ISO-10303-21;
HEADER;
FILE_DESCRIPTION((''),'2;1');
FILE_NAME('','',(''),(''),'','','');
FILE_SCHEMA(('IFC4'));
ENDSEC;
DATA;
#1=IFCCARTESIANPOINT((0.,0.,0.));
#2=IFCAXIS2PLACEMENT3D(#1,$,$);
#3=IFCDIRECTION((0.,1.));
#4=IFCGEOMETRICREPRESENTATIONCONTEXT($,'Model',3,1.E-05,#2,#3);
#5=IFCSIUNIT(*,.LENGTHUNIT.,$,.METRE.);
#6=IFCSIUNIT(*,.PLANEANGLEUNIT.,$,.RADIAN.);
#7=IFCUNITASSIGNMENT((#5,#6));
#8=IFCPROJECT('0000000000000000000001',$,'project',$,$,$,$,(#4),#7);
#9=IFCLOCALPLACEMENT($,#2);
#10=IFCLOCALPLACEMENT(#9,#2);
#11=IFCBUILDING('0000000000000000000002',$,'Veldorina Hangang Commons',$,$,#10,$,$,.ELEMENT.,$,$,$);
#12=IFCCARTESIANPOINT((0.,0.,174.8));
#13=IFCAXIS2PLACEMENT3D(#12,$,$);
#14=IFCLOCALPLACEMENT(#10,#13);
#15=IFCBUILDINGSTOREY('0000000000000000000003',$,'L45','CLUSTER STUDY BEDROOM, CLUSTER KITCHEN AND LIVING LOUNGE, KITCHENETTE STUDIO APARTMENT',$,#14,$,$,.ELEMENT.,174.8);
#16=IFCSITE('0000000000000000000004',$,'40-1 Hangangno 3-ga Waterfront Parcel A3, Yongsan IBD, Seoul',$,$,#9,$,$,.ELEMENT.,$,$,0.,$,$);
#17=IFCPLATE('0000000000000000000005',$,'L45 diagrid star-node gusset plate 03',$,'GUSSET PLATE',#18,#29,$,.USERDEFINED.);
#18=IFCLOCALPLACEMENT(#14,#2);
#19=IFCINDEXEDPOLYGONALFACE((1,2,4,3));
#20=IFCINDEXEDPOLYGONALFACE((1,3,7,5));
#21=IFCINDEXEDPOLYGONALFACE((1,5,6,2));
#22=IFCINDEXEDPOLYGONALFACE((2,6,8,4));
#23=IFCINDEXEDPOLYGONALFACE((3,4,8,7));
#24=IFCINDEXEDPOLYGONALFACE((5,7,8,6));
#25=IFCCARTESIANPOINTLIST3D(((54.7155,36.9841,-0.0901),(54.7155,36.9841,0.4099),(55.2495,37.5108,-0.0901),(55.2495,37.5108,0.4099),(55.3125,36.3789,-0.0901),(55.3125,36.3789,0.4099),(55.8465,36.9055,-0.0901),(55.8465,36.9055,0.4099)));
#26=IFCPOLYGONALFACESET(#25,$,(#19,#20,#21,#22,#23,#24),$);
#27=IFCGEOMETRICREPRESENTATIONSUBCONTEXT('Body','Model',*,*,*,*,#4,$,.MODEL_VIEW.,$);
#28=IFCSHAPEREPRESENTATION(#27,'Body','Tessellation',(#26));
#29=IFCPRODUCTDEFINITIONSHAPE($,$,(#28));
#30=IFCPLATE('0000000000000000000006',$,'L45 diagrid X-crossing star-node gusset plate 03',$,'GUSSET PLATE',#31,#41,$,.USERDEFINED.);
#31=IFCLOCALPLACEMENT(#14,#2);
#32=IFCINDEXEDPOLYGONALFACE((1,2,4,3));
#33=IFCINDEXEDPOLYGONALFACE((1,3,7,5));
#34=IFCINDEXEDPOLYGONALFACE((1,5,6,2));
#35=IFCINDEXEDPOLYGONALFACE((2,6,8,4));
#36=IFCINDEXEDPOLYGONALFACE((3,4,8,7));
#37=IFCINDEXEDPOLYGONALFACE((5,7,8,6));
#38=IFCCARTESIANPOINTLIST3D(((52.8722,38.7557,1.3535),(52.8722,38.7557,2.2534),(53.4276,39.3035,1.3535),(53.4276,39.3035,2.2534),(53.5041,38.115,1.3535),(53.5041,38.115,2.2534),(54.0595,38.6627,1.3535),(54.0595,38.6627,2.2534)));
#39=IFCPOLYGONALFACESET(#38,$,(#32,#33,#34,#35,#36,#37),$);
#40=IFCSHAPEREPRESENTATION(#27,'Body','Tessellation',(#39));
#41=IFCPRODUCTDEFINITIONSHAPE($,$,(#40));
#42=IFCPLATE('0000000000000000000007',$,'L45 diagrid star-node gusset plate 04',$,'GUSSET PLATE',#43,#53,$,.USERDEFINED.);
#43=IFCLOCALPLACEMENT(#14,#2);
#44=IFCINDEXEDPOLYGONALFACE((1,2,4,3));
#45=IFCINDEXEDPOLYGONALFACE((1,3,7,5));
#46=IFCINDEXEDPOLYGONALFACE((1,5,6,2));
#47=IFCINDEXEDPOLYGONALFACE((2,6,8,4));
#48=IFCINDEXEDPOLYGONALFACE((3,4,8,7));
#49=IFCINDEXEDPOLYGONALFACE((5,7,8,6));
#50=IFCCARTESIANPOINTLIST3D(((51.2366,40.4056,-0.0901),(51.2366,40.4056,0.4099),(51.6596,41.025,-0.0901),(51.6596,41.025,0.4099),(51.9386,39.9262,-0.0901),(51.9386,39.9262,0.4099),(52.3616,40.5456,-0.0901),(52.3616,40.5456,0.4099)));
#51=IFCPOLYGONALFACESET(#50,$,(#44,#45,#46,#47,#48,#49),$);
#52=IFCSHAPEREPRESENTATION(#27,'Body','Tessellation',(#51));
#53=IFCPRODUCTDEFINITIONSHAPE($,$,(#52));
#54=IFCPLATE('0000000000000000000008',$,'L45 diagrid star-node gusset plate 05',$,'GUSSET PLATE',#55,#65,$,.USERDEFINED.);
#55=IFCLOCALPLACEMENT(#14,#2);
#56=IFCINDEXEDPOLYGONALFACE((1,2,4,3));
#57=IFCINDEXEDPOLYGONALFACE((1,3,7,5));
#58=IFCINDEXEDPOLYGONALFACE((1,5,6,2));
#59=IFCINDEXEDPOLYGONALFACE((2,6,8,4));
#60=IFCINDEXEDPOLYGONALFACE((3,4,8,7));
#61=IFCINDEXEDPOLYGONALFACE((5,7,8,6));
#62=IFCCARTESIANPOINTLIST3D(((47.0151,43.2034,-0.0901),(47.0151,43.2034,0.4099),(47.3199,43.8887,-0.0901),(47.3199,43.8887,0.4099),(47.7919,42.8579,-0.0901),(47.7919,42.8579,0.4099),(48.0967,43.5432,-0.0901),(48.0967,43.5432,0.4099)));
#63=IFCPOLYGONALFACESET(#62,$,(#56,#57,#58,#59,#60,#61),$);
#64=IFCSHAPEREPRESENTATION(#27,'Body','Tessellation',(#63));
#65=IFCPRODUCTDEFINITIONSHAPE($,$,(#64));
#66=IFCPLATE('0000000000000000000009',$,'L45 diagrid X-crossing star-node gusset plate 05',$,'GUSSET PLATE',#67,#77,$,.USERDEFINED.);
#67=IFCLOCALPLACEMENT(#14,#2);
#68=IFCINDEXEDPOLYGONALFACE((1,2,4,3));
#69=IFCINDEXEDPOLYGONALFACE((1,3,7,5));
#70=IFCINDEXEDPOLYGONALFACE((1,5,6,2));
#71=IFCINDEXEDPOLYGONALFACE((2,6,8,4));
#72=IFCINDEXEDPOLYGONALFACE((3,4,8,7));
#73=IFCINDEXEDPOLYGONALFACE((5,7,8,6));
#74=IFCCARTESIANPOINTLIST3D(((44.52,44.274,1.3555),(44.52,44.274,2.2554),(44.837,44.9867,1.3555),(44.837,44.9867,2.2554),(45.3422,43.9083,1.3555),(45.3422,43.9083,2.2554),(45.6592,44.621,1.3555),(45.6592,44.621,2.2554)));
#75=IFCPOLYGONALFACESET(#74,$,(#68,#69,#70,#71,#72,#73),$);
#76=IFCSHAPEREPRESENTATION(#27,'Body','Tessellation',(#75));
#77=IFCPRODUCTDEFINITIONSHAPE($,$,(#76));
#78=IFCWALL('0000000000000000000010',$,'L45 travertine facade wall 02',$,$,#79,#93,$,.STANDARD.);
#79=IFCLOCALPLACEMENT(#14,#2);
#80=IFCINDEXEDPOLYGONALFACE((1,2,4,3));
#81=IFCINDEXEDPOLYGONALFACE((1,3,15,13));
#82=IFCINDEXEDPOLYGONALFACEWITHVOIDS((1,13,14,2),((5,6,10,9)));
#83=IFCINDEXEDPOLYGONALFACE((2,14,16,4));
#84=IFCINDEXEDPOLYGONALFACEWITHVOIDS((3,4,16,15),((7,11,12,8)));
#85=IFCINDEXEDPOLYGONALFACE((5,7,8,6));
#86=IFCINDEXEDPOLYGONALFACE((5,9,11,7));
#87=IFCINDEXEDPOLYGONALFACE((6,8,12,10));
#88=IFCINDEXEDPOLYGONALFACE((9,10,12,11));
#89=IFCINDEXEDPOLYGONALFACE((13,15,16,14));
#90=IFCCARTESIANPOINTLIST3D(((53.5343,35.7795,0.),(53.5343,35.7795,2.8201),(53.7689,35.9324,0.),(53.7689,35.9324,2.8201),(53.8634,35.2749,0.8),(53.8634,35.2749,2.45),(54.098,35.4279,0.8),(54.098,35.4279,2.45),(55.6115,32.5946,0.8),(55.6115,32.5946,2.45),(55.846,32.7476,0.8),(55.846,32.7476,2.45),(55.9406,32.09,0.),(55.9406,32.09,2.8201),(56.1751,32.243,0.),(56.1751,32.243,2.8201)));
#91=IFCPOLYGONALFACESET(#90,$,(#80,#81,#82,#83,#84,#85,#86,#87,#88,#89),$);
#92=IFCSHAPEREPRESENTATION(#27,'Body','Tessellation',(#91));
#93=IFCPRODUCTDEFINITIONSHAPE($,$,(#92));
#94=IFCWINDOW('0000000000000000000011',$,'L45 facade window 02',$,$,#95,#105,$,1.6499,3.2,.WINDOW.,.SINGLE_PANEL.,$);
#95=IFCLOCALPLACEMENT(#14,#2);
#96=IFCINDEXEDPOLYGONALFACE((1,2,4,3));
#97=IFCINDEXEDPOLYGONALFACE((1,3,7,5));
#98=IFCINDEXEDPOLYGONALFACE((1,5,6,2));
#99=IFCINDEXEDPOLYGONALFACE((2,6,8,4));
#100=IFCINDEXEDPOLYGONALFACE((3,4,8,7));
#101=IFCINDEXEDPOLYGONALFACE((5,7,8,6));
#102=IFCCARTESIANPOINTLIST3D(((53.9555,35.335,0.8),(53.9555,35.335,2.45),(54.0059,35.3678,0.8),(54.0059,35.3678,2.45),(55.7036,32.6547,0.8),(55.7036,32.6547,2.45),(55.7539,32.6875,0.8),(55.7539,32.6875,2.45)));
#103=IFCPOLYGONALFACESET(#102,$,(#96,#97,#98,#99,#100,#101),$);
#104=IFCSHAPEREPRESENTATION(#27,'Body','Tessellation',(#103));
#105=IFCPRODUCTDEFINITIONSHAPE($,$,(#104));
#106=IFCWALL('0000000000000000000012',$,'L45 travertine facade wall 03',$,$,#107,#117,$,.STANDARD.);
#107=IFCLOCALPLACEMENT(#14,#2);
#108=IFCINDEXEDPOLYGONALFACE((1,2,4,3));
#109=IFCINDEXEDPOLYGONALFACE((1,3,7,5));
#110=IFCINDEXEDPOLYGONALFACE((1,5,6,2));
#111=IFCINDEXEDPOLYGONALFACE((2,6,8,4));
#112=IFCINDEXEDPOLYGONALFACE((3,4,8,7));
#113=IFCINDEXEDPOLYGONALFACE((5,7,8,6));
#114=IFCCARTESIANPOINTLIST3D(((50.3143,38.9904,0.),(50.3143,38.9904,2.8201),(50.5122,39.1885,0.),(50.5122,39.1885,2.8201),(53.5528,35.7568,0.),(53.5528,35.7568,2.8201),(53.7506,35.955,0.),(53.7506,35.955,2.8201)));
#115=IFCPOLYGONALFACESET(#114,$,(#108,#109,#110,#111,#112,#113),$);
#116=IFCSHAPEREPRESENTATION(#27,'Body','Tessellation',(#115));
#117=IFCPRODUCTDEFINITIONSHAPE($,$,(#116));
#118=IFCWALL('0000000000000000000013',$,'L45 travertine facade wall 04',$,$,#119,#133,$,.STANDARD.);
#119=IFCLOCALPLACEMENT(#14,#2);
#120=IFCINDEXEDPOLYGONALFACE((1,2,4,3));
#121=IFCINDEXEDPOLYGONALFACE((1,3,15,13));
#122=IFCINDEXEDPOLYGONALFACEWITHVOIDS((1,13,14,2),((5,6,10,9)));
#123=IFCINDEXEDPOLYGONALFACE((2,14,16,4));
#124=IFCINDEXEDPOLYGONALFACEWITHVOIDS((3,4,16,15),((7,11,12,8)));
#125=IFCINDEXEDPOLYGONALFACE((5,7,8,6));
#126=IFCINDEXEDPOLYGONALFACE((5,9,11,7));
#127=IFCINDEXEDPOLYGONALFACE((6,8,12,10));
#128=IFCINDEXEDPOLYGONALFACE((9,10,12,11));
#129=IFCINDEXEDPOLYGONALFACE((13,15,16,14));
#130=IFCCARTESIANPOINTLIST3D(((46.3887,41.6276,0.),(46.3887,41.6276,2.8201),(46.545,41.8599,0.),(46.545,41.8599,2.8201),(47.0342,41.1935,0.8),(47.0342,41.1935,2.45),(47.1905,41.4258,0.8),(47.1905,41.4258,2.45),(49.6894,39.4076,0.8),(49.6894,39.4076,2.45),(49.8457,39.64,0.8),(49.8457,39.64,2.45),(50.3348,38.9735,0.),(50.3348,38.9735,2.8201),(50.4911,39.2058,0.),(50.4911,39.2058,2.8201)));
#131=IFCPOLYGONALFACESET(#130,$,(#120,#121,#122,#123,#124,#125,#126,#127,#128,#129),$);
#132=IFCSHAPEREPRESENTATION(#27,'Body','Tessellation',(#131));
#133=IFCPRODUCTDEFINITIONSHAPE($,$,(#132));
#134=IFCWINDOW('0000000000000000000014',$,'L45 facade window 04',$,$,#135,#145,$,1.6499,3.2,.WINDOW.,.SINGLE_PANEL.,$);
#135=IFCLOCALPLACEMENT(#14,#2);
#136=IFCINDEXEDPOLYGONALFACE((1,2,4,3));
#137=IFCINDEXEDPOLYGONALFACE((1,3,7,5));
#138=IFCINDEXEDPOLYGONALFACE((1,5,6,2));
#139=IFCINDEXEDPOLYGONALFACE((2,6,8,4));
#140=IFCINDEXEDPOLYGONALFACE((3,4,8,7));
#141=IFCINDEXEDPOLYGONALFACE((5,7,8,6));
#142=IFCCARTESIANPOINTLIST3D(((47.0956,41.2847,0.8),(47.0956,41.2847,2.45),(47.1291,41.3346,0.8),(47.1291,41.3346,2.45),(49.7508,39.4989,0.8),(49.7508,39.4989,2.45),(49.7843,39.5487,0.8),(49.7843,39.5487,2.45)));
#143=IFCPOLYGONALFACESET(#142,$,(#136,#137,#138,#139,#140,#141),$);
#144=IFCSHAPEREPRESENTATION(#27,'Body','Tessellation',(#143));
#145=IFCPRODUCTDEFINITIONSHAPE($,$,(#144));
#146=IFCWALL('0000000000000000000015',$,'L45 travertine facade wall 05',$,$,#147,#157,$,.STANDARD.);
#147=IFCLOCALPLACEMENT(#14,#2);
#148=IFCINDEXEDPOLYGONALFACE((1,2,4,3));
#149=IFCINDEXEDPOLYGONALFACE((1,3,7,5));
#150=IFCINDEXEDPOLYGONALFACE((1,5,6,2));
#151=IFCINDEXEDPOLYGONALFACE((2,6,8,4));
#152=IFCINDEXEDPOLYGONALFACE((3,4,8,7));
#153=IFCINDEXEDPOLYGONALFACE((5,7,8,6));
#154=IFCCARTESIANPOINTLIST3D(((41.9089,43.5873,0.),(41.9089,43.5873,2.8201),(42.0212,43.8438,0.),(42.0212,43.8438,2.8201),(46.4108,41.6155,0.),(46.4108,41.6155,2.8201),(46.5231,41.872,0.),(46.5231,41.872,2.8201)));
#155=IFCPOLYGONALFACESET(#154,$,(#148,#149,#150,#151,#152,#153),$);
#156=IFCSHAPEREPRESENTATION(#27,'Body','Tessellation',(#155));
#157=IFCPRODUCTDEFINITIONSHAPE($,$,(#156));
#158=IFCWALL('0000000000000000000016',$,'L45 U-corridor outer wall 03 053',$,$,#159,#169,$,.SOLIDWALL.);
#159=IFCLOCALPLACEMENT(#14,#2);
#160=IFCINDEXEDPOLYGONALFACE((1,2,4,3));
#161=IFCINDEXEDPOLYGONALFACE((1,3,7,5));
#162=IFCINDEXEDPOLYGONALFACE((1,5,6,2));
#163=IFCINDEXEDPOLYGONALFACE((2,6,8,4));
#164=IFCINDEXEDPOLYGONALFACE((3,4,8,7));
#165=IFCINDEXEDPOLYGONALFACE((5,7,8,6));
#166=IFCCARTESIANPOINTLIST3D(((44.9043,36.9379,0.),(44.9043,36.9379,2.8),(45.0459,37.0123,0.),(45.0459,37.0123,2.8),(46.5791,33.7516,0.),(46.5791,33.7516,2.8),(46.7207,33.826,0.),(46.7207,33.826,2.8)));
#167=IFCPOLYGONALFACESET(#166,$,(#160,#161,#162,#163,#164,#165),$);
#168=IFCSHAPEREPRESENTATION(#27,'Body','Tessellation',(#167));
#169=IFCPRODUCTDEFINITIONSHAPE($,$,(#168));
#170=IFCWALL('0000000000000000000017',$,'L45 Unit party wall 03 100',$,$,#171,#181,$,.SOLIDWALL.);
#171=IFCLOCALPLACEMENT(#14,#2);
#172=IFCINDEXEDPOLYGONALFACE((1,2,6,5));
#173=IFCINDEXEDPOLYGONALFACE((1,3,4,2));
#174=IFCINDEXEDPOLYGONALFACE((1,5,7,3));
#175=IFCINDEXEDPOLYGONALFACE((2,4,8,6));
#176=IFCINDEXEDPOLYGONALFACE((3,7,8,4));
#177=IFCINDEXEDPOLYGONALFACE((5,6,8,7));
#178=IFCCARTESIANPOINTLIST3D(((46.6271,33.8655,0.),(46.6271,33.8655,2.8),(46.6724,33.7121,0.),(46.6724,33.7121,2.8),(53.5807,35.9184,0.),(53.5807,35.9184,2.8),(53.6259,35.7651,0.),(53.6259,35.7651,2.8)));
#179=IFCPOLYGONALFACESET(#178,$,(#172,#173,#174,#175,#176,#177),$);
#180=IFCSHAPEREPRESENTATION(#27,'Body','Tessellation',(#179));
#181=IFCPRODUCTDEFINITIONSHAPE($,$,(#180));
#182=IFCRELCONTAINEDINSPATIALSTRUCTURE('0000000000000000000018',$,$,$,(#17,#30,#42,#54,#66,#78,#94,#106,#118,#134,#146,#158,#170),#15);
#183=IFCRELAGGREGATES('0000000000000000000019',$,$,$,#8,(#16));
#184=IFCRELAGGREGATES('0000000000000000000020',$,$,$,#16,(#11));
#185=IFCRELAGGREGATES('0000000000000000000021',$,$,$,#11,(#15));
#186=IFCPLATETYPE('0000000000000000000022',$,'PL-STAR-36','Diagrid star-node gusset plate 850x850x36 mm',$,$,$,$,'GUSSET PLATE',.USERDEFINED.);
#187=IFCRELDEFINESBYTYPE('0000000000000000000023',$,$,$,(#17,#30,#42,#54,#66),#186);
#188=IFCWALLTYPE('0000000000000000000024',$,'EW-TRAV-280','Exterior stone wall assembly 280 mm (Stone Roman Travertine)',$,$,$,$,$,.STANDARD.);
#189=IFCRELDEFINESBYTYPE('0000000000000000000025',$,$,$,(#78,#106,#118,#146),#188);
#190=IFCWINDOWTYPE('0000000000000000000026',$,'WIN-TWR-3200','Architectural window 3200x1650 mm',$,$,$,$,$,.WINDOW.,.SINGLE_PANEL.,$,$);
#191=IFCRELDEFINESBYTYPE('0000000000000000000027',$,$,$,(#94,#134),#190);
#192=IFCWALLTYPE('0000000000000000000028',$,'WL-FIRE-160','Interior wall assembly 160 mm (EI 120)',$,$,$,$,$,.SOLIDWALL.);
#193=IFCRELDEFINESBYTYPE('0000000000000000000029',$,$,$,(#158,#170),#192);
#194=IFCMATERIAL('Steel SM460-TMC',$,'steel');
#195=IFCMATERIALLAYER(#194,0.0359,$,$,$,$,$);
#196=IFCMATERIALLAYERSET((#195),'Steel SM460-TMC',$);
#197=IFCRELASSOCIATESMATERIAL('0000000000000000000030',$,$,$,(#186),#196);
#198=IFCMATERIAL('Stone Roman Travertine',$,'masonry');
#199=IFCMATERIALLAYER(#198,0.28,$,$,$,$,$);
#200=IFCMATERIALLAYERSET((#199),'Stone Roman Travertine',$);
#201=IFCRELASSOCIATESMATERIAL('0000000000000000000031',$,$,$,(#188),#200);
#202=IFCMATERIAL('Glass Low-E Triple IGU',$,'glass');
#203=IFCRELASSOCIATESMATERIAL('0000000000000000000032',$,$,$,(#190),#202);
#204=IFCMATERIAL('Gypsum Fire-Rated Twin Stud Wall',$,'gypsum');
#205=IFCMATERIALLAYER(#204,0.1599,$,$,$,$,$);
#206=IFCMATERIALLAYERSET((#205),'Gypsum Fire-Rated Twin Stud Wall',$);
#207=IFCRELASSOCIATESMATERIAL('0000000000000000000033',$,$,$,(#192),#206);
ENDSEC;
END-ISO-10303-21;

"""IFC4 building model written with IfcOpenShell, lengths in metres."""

from ifc_helpers import new_model, si_unit, direction, frame, frame_2d, origin, origin_2d, place, context, subcontext, project, spatial, rectangle, extrude, material, layer, layer_set, type_object, element, fill, save


model = new_model("IFC4")

# Units and contexts
model_context = context("Model", 3, precision=1e-05, world=origin(), true_north=direction((0.0, 1.0)))
body_context = subcontext(model_context, "Body", "Model", "MODEL_VIEW")
ifc_project = project(units=[si_unit("LENGTHUNIT", "METRE"), si_unit("PLANEANGLEUNIT", "RADIAN")], contexts=[model_context])

# Site, building, storey
site_placement = place(None, origin())
site = spatial("IfcSite", under=ifc_project, at=site_placement, Name="40-1 Hangangno 3-ga Waterfront Parcel A3, Yongsan IBD, Seoul", CompositionType="ELEMENT", RefElevation=0.0)
building_placement = place(site_placement, origin())
building = spatial("IfcBuilding", under=site, at=building_placement, Name="Veldorina Hangang Commons", CompositionType="ELEMENT")
storey_placement = place(building_placement, frame((0.0, 0.0, 174.8)))
storey = spatial("IfcBuildingStorey", under=building, at=storey_placement, Name="L45", Description="CLUSTER STUDY BEDROOM, CLUSTER KITCHEN AND LIVING LOUNGE, KITCHENETTE STUDIO APARTMENT", CompositionType="ELEMENT", Elevation=174.8)

# Plates
ifc_material_1 = material(Name="Steel SM460-TMC", Category="steel")
ifc_layer_1 = layer(ifc_material_1, 0.0359)
ifc_layer_set_1 = layer_set([ifc_layer_1], Name="Steel SM460-TMC")
plate_type = type_object("IfcPlateType", Name="PL-STAR-36", Description="Diagrid star-node gusset plate 850x850x36 mm", ElementType="GUSSET PLATE", PredefinedType="USERDEFINED", material=ifc_layer_set_1)
for number, where, z_axis, x_axis, name in (
    (1, (55.281, 36.9448, -0.0901), (0.0, 0.0, 1.0), (-0.702178, 0.712002, 0.0), "L45 diagrid star-node gusset plate 03"),
):
    element("IfcPlate", number, at=place(storey_placement, frame(where, z_axis=z_axis, x_axis=x_axis)), inside=storey, type_object=plate_type, Name=name, ObjectType="GUSSET PLATE", PredefinedType="USERDEFINED", context=body_context, shape_type="SweptSolid", body=[
        extrude(rectangle(XDim=0.8501, YDim=0.75, at=origin_2d()), origin(), (0.0, 0.0, 1.0), 0.5),
    ])
plate_1_placement = place(storey_placement, frame((53.4658, 38.7092, 1.3535), z_axis=(0.0, 0.0, 1.0), x_axis=(-0.702178, 0.712002, 0.0)))
element("IfcPlate", 2, at=plate_1_placement, inside=storey, type_object=plate_type, Name="L45 diagrid X-crossing star-node gusset plate 03", ObjectType="GUSSET PLATE", PredefinedType="USERDEFINED", context=body_context, shape_type="SweptSolid", body=[
    extrude(rectangle(XDim=0.8999, YDim=0.78, at=origin_2d()), origin(), (0.0, 0.0, 1.0), 0.8999),
])
for number, where, z_axis, x_axis, name in (
    (3, (51.7991, 40.4756, -0.0901), (0.0, 0.0, 1.0), (-0.825803, 0.563959, 0.0), "L45 diagrid star-node gusset plate 04"),
    (4, (47.5559, 43.3733, -0.0901), (0.0, 0.0, 1.0), (-0.913694, 0.406402, 0.0), "L45 diagrid star-node gusset plate 05"),
):
    element("IfcPlate", number, at=place(storey_placement, frame(where, z_axis=z_axis, x_axis=x_axis)), inside=storey, type_object=plate_type, Name=name, ObjectType="GUSSET PLATE", PredefinedType="USERDEFINED", context=body_context, shape_type="SweptSolid", body=[
        extrude(rectangle(XDim=0.8501, YDim=0.75, at=origin_2d()), origin(), (0.0, 0.0, 1.0), 0.5),
    ])
plate_2_placement = place(storey_placement, frame((45.0896, 44.4475, 1.3555), z_axis=(0.0, 0.0, 1.0), x_axis=(-0.913694, 0.406402, 0.0)))
element("IfcPlate", 5, at=plate_2_placement, inside=storey, type_object=plate_type, Name="L45 diagrid X-crossing star-node gusset plate 05", ObjectType="GUSSET PLATE", PredefinedType="USERDEFINED", context=body_context, shape_type="SweptSolid", body=[
    extrude(rectangle(XDim=0.8999, YDim=0.78, at=origin_2d()), origin(), (0.0, 0.0, 1.0), 0.8999),
])

# Wall, opening, window
ifc_material_2 = material(Name="Stone Roman Travertine", Category="masonry")
ifc_layer_2 = layer(ifc_material_2, 0.28)
ifc_layer_set_2 = layer_set([ifc_layer_2], Name="Stone Roman Travertine")
wall_type_1 = type_object("IfcWallType", Name="EW-TRAV-280", Description="Exterior stone wall assembly 280 mm (Stone Roman Travertine)", PredefinedType="STANDARD", material=ifc_layer_set_2)
wall_1_placement = place(storey_placement, frame((56.0579, 32.1665, 0.0), z_axis=(0.0, 0.0, 1.0), x_axis=(-0.546281, 0.837602, 0.0)))
wall_1 = element("IfcWall", 6, at=wall_1_placement, inside=storey, type_object=wall_type_1, Name="L45 travertine facade wall 02", PredefinedType="STANDARD", context=body_context, shape_type="SweptSolid", body=[
    extrude(rectangle(XDim=4.4048, YDim=0.28, at=frame_2d((2.2024, 0.0))), origin(), (0.0, 0.0, 1.0), 2.8201),
])
opening_1_placement = place(wall_1_placement, frame((0.6023, 0.0, 0.8)))
opening_1 = element("IfcOpeningElement", 7, at=opening_1_placement, cuts=wall_1, PredefinedType="OPENING", context=body_context, shape_type="SweptSolid", body=[
    extrude(rectangle(XDim=3.2, YDim=1.6499, at=frame_2d((1.6001, 0.825))), frame((0.0, 0.1499, 0.0), z_axis=(0.0, -1.0, 0.0), x_axis=(1.0, 0.0, 0.0)), (0.0, 0.0, 1.0), 0.3),
])
ifc_material_3 = material(Name="Glass Low-E Triple IGU", Category="glass")
window_type = type_object("IfcWindowType", Name="WIN-TWR-3200", Description="Architectural window 3200x1650 mm", PartitioningType="SINGLE_PANEL", PredefinedType="WINDOW", material=ifc_material_3)
window_1_placement = place(opening_1_placement, origin())
window_1 = element("IfcWindow", 8, at=window_1_placement, inside=storey, type_object=window_type, Name="L45 facade window 02", OverallHeight=1.6499, OverallWidth=3.2, PartitioningType="SINGLE_PANEL", PredefinedType="WINDOW", context=body_context, shape_type="SweptSolid", body=[
    extrude(rectangle(XDim=3.2, YDim=1.6499, at=frame_2d((1.6001, 0.825))), frame((0.0, 0.03, 0.0), z_axis=(0.0, -1.0, 0.0), x_axis=(1.0, 0.0, 0.0)), (0.0, 0.0, 1.0), 0.0601),
])
fill(opening_1, window_1)

# Wall
wall_2_placement = place(storey_placement, frame((53.6516, 35.856, 0.0), z_axis=(0.0, 0.0, 1.0), x_axis=(-0.70764, 0.706573, 0.0)))
element("IfcWall", 9, at=wall_2_placement, inside=storey, type_object=wall_type_1, Name="L45 travertine facade wall 03", PredefinedType="STANDARD", context=body_context, shape_type="SweptSolid", body=[
    extrude(rectangle(XDim=4.5764, YDim=0.28, at=frame_2d((2.2881, 0.0))), origin(), (0.0, 0.0, 1.0), 2.8201),
])

# Wall, opening, window
wall_3_placement = place(storey_placement, frame((50.4131, 39.0896, 0.0), z_axis=(0.0, 0.0, 1.0), x_axis=(-0.829777, 0.558096, 0.0)))
wall_3 = element("IfcWall", 10, at=wall_3_placement, inside=storey, type_object=wall_type_1, Name="L45 travertine facade wall 04", PredefinedType="STANDARD", context=body_context, shape_type="SweptSolid", body=[
    extrude(rectangle(XDim=4.7556, YDim=0.28, at=frame_2d((2.3779, 0.0))), origin(), (0.0, 0.0, 1.0), 2.8201),
])
opening_2_placement = place(wall_3_placement, frame((0.7778, 0.0, 0.8)))
opening_2 = element("IfcOpeningElement", 11, at=opening_2_placement, cuts=wall_3, PredefinedType="OPENING", context=body_context, shape_type="SweptSolid", body=[
    extrude(rectangle(XDim=3.2, YDim=1.6499, at=frame_2d((1.6001, 0.825))), frame((0.0, 0.1499, 0.0), z_axis=(0.0, -1.0, 0.0), x_axis=(1.0, 0.0, 0.0)), (0.0, 0.0, 1.0), 0.3),
])
window_2_placement = place(opening_2_placement, origin())
window_2 = element("IfcWindow", 12, at=window_2_placement, inside=storey, type_object=window_type, Name="L45 facade window 04", OverallHeight=1.6499, OverallWidth=3.2, PartitioningType="SINGLE_PANEL", PredefinedType="WINDOW", context=body_context, shape_type="SweptSolid", body=[
    extrude(rectangle(XDim=3.2, YDim=1.6499, at=frame_2d((1.6001, 0.825))), frame((0.0, 0.03, 0.0), z_axis=(0.0, -1.0, 0.0), x_axis=(1.0, 0.0, 0.0)), (0.0, 0.0, 1.0), 0.0601),
])
fill(opening_2, window_2)

# Walls
wall_4_placement = place(storey_placement, frame((46.467, 41.7437, 0.0), z_axis=(0.0, 0.0, 1.0), x_axis=(-0.915984, 0.401215, 0.0)))
element("IfcWall", 13, at=wall_4_placement, inside=storey, type_object=wall_type_1, Name="L45 travertine facade wall 05", PredefinedType="STANDARD", context=body_context, shape_type="SweptSolid", body=[
    extrude(rectangle(XDim=4.9148, YDim=0.28, at=frame_2d((2.4575, 0.0))), origin(), (0.0, 0.0, 1.0), 2.8201),
])
ifc_material_4 = material(Name="Gypsum Fire-Rated Twin Stud Wall", Category="gypsum")
ifc_layer_3 = layer(ifc_material_4, 0.1599)
ifc_layer_set_3 = layer_set([ifc_layer_3], Name="Gypsum Fire-Rated Twin Stud Wall")
wall_type_2 = type_object("IfcWallType", Name="WL-FIRE-160", Description="Interior wall assembly 160 mm (EI 120)", PredefinedType="SOLIDWALL", material=ifc_layer_set_3)
wall_5_placement = place(storey_placement, frame((46.6499, 33.7888, 0.0), z_axis=(0.0, 0.0, 1.0), x_axis=(-0.465271, 0.885168, 0.0)))
element("IfcWall", 14, at=wall_5_placement, inside=storey, type_object=wall_type_2, Name="L45 U-corridor outer wall 03 053", PredefinedType="SOLIDWALL", context=body_context, shape_type="SweptSolid", body=[
    extrude(rectangle(XDim=3.5996, YDim=0.1599, at=frame_2d((1.7998, 0.0))), origin(), (0.0, 0.0, 1.0), 2.8),
])
wall_6_placement = place(storey_placement, frame((46.6499, 33.7888, 0.0), z_axis=(0.0, 0.0, 1.0), x_axis=(0.959074, 0.283156, 0.0)))
element("IfcWall", 15, at=wall_6_placement, inside=storey, type_object=wall_type_2, Name="L45 Unit party wall 03 100", PredefinedType="SOLIDWALL", context=body_context, shape_type="SweptSolid", body=[
    extrude(rectangle(XDim=7.2502, YDim=0.1599, at=frame_2d((3.625, 0.0))), origin(), (0.0, 0.0, 1.0), 2.8),
])

save(model, "model.ifc")
